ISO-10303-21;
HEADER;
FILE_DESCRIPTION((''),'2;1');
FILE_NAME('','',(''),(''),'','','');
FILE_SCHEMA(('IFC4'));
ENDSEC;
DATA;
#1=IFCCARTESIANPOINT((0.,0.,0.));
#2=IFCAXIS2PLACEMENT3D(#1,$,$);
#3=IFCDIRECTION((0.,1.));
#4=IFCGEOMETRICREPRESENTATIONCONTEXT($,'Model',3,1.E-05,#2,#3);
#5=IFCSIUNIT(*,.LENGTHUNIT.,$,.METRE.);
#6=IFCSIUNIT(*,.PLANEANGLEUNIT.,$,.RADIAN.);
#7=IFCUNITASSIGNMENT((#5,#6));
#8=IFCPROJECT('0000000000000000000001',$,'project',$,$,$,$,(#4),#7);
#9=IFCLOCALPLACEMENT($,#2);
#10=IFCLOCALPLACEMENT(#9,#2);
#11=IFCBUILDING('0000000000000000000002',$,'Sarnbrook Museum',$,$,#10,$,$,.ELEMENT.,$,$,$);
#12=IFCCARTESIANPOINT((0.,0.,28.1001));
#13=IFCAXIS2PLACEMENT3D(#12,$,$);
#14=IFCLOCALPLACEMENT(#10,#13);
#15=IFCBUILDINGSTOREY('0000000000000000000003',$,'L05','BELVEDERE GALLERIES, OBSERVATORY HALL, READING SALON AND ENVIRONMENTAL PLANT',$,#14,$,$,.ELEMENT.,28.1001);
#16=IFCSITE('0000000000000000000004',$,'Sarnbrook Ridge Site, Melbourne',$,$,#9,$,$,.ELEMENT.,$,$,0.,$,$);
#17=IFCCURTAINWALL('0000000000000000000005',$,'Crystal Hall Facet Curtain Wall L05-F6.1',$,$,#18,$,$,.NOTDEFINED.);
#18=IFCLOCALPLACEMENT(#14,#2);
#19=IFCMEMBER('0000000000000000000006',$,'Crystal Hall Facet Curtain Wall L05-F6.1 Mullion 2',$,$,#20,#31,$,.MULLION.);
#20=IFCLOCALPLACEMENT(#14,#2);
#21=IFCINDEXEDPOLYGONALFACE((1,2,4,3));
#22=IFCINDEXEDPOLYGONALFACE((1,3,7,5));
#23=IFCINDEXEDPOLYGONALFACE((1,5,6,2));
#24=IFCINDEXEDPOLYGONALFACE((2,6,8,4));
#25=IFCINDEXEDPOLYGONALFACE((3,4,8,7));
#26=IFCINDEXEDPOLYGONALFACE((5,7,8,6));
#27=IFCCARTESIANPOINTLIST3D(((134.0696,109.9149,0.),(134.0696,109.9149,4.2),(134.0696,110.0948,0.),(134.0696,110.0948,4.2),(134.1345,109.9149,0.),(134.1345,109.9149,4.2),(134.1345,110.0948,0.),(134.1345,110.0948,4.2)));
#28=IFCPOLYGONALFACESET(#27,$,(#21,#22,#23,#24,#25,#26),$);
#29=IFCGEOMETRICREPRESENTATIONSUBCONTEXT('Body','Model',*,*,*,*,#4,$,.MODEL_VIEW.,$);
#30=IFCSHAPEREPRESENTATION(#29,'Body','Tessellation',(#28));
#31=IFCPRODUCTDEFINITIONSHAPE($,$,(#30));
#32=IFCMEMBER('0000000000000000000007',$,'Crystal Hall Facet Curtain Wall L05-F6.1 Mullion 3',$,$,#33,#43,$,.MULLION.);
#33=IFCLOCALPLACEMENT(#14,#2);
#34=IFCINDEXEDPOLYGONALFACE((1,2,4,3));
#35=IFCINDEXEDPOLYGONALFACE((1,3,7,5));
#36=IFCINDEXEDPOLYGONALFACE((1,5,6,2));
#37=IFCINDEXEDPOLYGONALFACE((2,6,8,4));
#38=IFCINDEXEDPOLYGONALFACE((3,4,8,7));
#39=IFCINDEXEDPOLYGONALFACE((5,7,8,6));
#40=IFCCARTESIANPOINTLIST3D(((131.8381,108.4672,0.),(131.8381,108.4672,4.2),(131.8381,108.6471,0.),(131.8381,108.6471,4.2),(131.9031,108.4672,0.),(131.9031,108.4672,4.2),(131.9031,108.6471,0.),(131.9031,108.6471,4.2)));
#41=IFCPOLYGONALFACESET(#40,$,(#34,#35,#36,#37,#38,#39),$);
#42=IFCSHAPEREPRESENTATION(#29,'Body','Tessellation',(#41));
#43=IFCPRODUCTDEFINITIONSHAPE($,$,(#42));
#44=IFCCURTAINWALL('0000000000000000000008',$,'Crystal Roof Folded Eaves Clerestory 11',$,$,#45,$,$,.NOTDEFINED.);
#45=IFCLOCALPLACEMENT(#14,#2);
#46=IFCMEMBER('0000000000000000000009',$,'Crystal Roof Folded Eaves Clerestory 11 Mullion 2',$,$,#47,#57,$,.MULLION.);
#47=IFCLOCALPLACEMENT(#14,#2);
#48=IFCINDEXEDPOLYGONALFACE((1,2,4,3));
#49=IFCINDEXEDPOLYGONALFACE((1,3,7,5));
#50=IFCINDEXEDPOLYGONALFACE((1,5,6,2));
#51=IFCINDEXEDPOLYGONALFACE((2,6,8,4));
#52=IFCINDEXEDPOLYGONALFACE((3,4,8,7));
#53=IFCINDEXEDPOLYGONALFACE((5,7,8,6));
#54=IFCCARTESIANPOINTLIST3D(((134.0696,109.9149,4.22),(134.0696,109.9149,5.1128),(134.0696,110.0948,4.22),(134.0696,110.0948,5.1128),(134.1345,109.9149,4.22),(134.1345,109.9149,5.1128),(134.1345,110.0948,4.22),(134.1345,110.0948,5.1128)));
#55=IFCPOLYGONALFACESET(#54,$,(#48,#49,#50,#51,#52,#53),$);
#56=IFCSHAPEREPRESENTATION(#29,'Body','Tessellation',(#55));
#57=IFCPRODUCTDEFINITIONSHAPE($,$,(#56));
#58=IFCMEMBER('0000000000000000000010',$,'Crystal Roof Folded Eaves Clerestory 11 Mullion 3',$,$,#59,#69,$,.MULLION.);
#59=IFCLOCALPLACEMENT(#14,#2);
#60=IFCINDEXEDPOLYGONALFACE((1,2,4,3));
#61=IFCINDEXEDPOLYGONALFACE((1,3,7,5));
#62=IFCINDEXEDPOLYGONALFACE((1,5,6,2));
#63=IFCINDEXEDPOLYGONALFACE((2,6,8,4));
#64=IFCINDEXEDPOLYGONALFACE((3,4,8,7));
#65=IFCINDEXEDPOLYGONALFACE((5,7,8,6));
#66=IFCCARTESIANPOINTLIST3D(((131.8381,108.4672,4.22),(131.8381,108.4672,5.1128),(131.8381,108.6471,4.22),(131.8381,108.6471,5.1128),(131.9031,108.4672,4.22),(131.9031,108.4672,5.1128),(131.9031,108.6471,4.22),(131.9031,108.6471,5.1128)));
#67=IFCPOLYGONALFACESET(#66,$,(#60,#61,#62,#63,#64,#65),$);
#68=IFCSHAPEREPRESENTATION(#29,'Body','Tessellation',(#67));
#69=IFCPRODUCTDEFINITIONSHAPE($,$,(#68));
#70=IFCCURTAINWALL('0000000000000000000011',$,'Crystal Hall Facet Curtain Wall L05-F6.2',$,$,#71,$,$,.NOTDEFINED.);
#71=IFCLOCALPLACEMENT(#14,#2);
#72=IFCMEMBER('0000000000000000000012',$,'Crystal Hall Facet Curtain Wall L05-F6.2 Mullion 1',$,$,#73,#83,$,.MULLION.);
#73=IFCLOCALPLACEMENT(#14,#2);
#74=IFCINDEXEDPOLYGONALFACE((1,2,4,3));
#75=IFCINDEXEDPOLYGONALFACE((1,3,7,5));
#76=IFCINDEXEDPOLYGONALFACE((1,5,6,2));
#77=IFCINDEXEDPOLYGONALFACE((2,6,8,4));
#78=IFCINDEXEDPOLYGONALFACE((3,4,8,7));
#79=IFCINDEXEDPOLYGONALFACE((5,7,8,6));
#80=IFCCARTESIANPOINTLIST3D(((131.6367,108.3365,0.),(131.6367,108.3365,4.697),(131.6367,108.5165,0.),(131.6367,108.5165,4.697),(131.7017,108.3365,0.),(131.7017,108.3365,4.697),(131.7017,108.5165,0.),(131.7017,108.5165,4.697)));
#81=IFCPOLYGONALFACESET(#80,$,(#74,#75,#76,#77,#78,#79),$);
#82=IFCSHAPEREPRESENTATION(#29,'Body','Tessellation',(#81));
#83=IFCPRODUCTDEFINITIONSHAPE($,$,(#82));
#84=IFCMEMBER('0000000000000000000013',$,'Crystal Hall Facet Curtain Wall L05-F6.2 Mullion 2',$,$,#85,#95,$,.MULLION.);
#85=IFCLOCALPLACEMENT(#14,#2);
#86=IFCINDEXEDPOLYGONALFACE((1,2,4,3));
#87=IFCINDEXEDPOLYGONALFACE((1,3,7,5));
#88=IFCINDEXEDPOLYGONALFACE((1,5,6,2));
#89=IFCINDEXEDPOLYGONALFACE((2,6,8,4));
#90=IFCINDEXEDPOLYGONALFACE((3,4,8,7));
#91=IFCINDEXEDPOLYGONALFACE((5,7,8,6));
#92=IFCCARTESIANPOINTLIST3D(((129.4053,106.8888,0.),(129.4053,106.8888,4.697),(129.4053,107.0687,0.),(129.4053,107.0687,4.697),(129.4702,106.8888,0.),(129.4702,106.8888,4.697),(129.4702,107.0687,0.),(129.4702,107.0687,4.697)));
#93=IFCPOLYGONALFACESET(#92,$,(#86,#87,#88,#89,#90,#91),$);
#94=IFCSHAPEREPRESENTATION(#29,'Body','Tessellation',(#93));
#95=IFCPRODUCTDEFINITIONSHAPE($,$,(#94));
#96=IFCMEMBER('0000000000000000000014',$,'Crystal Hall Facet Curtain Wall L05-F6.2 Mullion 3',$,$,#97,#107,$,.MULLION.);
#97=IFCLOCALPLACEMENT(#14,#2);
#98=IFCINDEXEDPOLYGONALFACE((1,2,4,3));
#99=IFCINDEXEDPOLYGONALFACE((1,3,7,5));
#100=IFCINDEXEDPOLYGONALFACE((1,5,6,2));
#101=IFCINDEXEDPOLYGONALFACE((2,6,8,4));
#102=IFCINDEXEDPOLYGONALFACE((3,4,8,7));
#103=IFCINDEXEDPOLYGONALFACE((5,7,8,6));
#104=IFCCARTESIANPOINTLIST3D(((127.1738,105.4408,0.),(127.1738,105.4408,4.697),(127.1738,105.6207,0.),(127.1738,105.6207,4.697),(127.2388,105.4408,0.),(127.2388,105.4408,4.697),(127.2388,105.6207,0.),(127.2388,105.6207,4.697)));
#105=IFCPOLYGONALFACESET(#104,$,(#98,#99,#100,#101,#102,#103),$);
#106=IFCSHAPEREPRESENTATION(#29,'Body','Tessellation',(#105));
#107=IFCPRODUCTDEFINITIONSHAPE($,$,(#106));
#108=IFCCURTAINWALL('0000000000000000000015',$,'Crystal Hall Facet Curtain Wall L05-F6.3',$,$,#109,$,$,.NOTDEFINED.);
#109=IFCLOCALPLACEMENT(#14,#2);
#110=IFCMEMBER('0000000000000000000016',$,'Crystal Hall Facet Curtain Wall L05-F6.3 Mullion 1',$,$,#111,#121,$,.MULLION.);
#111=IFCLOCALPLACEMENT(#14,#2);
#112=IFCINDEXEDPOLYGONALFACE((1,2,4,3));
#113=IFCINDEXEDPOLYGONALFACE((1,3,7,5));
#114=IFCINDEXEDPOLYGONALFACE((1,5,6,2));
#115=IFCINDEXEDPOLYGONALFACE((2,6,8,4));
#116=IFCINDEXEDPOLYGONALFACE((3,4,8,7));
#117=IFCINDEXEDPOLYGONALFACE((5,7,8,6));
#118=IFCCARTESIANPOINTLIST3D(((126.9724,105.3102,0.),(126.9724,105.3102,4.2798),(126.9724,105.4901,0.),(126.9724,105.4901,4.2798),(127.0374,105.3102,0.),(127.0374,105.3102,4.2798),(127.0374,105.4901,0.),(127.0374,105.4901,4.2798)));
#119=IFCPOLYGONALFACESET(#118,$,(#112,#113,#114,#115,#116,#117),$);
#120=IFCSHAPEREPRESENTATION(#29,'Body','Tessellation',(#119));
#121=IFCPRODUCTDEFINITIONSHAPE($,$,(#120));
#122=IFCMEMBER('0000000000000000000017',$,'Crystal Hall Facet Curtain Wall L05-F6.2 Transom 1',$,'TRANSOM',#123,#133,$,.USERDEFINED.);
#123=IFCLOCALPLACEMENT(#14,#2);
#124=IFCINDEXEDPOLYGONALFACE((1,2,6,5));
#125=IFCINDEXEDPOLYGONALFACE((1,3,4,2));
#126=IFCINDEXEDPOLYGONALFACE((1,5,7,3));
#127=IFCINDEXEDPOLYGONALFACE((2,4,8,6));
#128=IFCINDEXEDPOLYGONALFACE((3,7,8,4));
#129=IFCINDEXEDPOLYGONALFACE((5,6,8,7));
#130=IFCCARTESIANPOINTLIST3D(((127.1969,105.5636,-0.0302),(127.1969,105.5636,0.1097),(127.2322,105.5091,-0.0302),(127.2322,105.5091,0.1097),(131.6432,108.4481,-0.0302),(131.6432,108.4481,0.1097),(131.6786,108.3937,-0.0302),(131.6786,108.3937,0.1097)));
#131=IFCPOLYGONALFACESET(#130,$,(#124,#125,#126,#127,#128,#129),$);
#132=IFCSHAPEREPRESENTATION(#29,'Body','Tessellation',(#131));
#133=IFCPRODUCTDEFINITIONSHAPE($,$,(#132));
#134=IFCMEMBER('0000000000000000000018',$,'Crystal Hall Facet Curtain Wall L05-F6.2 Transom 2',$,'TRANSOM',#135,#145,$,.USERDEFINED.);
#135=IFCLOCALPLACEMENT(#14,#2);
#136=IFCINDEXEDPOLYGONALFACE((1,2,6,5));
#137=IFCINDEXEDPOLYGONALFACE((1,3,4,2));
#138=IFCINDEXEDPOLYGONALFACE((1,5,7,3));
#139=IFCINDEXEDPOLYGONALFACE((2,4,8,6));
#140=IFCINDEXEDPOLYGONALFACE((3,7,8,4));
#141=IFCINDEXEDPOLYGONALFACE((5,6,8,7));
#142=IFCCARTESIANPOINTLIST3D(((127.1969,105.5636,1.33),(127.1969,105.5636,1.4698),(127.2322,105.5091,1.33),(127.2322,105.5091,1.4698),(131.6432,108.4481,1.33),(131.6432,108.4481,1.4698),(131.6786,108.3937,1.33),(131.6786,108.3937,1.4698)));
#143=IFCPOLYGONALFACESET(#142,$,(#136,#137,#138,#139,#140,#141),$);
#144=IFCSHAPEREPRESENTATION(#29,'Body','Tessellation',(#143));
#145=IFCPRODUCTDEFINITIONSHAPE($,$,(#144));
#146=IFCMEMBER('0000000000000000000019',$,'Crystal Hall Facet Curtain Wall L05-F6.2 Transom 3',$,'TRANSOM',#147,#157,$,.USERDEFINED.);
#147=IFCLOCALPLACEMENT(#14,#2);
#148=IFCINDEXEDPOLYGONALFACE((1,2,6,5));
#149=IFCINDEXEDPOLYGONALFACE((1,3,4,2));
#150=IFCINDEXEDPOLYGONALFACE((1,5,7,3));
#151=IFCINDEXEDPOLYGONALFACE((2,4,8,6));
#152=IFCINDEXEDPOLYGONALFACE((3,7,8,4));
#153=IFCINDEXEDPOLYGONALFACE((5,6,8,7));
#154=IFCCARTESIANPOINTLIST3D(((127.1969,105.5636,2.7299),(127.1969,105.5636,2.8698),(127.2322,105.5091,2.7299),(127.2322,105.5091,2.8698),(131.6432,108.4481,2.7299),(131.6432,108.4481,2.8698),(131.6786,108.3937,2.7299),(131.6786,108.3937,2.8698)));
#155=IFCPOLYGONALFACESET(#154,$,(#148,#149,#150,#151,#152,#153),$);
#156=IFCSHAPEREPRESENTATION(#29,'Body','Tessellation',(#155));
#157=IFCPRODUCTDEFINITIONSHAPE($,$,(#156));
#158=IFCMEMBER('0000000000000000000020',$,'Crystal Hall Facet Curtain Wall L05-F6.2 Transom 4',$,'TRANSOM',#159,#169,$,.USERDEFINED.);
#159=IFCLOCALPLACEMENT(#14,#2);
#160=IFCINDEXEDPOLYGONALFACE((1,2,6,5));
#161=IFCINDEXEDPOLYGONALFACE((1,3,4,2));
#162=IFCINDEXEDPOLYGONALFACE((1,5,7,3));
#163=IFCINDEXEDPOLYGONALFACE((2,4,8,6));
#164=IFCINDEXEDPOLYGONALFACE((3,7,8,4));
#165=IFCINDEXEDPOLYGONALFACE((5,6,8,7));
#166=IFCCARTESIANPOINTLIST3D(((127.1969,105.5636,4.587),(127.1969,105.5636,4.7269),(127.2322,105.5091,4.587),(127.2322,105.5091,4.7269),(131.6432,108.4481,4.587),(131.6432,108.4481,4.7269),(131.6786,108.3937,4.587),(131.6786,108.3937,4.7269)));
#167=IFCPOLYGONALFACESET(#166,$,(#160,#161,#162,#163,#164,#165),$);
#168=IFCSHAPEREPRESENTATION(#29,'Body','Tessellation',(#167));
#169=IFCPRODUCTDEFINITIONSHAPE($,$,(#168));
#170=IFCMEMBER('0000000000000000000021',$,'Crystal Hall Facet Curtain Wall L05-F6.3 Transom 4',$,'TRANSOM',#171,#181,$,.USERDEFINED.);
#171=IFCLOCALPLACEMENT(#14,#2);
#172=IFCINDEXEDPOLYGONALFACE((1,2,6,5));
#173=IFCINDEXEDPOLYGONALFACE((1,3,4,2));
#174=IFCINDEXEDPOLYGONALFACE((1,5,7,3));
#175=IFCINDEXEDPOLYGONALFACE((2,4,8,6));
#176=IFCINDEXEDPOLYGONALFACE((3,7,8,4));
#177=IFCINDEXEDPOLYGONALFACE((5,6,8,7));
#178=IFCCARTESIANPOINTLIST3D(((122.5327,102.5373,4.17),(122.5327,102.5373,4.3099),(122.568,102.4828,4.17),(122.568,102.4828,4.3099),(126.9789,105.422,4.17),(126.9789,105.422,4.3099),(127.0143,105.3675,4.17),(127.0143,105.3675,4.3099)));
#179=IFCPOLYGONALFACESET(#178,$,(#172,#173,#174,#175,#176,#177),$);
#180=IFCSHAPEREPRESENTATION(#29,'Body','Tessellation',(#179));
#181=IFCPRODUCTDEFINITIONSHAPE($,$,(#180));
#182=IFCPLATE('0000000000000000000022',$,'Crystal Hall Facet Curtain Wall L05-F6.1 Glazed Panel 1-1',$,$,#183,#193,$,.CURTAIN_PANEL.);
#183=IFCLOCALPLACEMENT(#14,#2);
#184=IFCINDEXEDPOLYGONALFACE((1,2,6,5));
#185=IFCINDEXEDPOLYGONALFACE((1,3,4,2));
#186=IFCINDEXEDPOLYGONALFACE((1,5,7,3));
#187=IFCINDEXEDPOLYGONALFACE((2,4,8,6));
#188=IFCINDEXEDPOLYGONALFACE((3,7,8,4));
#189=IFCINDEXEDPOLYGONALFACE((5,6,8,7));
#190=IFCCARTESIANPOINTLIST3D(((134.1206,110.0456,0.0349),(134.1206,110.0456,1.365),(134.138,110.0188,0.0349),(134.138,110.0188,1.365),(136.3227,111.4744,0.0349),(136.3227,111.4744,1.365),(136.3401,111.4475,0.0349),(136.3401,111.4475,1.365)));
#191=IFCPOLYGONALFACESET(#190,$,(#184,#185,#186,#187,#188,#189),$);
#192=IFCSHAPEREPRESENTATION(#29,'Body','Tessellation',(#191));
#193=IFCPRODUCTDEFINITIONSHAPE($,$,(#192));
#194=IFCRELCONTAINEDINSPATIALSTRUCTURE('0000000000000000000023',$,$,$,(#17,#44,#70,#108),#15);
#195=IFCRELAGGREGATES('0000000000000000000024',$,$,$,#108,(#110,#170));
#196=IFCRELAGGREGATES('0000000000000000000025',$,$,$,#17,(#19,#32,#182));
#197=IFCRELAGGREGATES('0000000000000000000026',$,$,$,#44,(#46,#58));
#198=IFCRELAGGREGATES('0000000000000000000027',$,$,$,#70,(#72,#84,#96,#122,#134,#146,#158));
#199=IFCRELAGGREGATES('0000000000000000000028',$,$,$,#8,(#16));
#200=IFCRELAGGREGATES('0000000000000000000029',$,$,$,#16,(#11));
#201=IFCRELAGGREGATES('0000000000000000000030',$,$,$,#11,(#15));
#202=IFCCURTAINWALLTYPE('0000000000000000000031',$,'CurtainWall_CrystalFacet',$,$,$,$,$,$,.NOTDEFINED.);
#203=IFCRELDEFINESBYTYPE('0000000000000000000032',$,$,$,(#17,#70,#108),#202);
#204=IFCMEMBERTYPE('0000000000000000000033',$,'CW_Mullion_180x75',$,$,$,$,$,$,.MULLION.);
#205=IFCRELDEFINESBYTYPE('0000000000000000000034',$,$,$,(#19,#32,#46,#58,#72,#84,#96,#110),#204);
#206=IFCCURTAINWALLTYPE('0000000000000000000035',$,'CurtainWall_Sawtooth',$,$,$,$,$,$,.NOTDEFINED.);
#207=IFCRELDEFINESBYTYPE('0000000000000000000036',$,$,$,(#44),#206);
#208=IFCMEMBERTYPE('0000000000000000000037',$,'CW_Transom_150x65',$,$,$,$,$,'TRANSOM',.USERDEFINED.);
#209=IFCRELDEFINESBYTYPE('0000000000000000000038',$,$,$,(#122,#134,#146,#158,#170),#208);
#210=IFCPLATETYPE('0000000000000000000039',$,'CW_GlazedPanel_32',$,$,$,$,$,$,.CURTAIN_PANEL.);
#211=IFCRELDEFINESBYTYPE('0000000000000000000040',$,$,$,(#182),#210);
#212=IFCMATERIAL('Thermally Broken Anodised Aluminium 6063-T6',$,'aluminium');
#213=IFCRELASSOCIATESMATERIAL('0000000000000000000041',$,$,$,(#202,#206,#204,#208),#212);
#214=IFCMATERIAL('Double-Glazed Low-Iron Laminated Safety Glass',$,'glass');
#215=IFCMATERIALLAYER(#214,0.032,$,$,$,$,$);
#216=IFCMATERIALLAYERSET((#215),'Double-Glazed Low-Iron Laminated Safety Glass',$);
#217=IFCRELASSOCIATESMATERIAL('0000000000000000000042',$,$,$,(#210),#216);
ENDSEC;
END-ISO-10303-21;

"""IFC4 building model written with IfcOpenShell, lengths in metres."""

from ifc_helpers import new_model, si_unit, direction, frame, origin, origin_2d, place, context, subcontext, project, spatial, rectangle, extrude, material, layer, layer_set, material_profile, profile_set, type_object, element, aggregate, save


model = new_model("IFC4")

# Units and contexts
model_context = context("Model", 3, precision=1e-05, world=origin(), true_north=direction((0.0, 1.0)))
body_context = subcontext(model_context, "Body", "Model", "MODEL_VIEW")
ifc_project = project(units=[si_unit("LENGTHUNIT", "METRE"), si_unit("PLANEANGLEUNIT", "RADIAN")], contexts=[model_context])

# Site, building, storey
site_placement = place(None, origin())
site = spatial("IfcSite", under=ifc_project, at=site_placement, Name="Sarnbrook Ridge Site, Melbourne", CompositionType="ELEMENT", RefElevation=0.0)
building_placement = place(site_placement, origin())
building = spatial("IfcBuilding", under=site, at=building_placement, Name="Sarnbrook Museum", CompositionType="ELEMENT")
storey_placement = place(building_placement, frame((0.0, 0.0, 28.1001)))
storey = spatial("IfcBuildingStorey", under=building, at=storey_placement, Name="L05", Description="BELVEDERE GALLERIES, OBSERVATORY HALL, READING SALON AND ENVIRONMENTAL PLANT", CompositionType="ELEMENT", Elevation=28.1001)

# Curtain walls, members
ifc_material_1 = material(Name="Thermally Broken Anodised Aluminium 6063-T6", Category="aluminium")
curtain_wall_type_1 = type_object("IfcCurtainWallType", Name="CurtainWall_CrystalFacet", PredefinedType="NOTDEFINED", material=ifc_material_1)
curtain_wall_1_placement = place(storey_placement, origin())
curtain_wall_1 = element("IfcCurtainWall", 1, at=curtain_wall_1_placement, inside=storey, type_object=curtain_wall_type_1, Name="Crystal Hall Facet Curtain Wall L05-F6.1", PredefinedType="NOTDEFINED")
ifc_material_profile_1 = material_profile(ifc_material_1, rectangle(XDim=0.0649, YDim=0.1799, at=origin_2d()), Name="ALU MULLION 65x180")
ifc_profile_set_1 = profile_set([ifc_material_profile_1], Name="Thermally Broken Anodised Aluminium 6063-T6")
member_type_1 = type_object("IfcMemberType", Name="CW_Mullion_180x75", PredefinedType="MULLION", material=ifc_profile_set_1)
member_1_placement = place(storey_placement, frame((134.1021, 110.0049, 0.0), z_axis=(0.0, 0.0, 1.0), x_axis=(1.0, 0.0, 0.0)))
member_1 = element("IfcMember", 2, at=member_1_placement, type_object=member_type_1, Name="Crystal Hall Facet Curtain Wall L05-F6.1 Mullion 2", PredefinedType="MULLION", context=body_context, shape_type="SweptSolid", body=[
    extrude(rectangle(XDim=0.0649, YDim=0.1799, at=origin_2d()), origin(), (0.0, 0.0, 1.0), 4.2),
])
member_2_placement = place(storey_placement, frame((131.8706, 108.5571, 0.0), z_axis=(0.0, 0.0, 1.0), x_axis=(1.0, 0.0, 0.0)))
member_2 = element("IfcMember", 3, at=member_2_placement, type_object=member_type_1, Name="Crystal Hall Facet Curtain Wall L05-F6.1 Mullion 3", PredefinedType="MULLION", context=body_context, shape_type="SweptSolid", body=[
    extrude(rectangle(XDim=0.0649, YDim=0.1799, at=origin_2d()), origin(), (0.0, 0.0, 1.0), 4.2),
])
curtain_wall_type_2 = type_object("IfcCurtainWallType", Name="CurtainWall_Sawtooth", PredefinedType="NOTDEFINED", material=ifc_material_1)
curtain_wall_2_placement = place(storey_placement, origin())
curtain_wall_2 = element("IfcCurtainWall", 4, at=curtain_wall_2_placement, inside=storey, type_object=curtain_wall_type_2, Name="Crystal Roof Folded Eaves Clerestory 11", PredefinedType="NOTDEFINED")
member_3_placement = place(storey_placement, frame((134.1021, 110.0049, 4.22), z_axis=(0.0, 0.0, 1.0), x_axis=(1.0, 0.0, 0.0)))
member_3 = element("IfcMember", 5, at=member_3_placement, type_object=member_type_1, Name="Crystal Roof Folded Eaves Clerestory 11 Mullion 2", PredefinedType="MULLION", context=body_context, shape_type="SweptSolid", body=[
    extrude(rectangle(XDim=0.0649, YDim=0.1799, at=origin_2d()), origin(), (0.0, 0.0, 1.0), 0.8928),
])
member_4_placement = place(storey_placement, frame((131.8706, 108.5571, 4.22), z_axis=(0.0, 0.0, 1.0), x_axis=(1.0, 0.0, 0.0)))
member_4 = element("IfcMember", 6, at=member_4_placement, type_object=member_type_1, Name="Crystal Roof Folded Eaves Clerestory 11 Mullion 3", PredefinedType="MULLION", context=body_context, shape_type="SweptSolid", body=[
    extrude(rectangle(XDim=0.0649, YDim=0.1799, at=origin_2d()), origin(), (0.0, 0.0, 1.0), 0.8928),
])
curtain_wall_3_placement = place(storey_placement, origin())
curtain_wall_3 = element("IfcCurtainWall", 7, at=curtain_wall_3_placement, inside=storey, type_object=curtain_wall_type_1, Name="Crystal Hall Facet Curtain Wall L05-F6.2", PredefinedType="NOTDEFINED")
member_5_placement = place(storey_placement, frame((131.6692, 108.4265, 0.0), z_axis=(0.0, 0.0, 1.0), x_axis=(1.0, 0.0, 0.0)))
member_5 = element("IfcMember", 8, at=member_5_placement, type_object=member_type_1, Name="Crystal Hall Facet Curtain Wall L05-F6.2 Mullion 1", PredefinedType="MULLION", context=body_context, shape_type="SweptSolid", body=[
    extrude(rectangle(XDim=0.0649, YDim=0.1799, at=origin_2d()), origin(), (0.0, 0.0, 1.0), 4.697),
])
member_6_placement = place(storey_placement, frame((129.4377, 106.9788, 0.0), z_axis=(0.0, 0.0, 1.0), x_axis=(1.0, 0.0, 0.0)))
member_6 = element("IfcMember", 9, at=member_6_placement, type_object=member_type_1, Name="Crystal Hall Facet Curtain Wall L05-F6.2 Mullion 2", PredefinedType="MULLION", context=body_context, shape_type="SweptSolid", body=[
    extrude(rectangle(XDim=0.0649, YDim=0.1799, at=origin_2d()), origin(), (0.0, 0.0, 1.0), 4.697),
])
member_7_placement = place(storey_placement, frame((127.2063, 105.5308, 0.0), z_axis=(0.0, 0.0, 1.0), x_axis=(1.0, 0.0, 0.0)))
member_7 = element("IfcMember", 10, at=member_7_placement, type_object=member_type_1, Name="Crystal Hall Facet Curtain Wall L05-F6.2 Mullion 3", PredefinedType="MULLION", context=body_context, shape_type="SweptSolid", body=[
    extrude(rectangle(XDim=0.0649, YDim=0.1799, at=origin_2d()), origin(), (0.0, 0.0, 1.0), 4.697),
])

# Curtain wall, member
curtain_wall_4_placement = place(storey_placement, origin())
curtain_wall_4 = element("IfcCurtainWall", 11, at=curtain_wall_4_placement, inside=storey, type_object=curtain_wall_type_1, Name="Crystal Hall Facet Curtain Wall L05-F6.3", PredefinedType="NOTDEFINED")
member_8_placement = place(storey_placement, frame((127.0049, 105.4001, 0.0), z_axis=(0.0, 0.0, 1.0), x_axis=(1.0, 0.0, 0.0)))
member_8 = element("IfcMember", 12, at=member_8_placement, type_object=member_type_1, Name="Crystal Hall Facet Curtain Wall L05-F6.3 Mullion 1", PredefinedType="MULLION", context=body_context, shape_type="SweptSolid", body=[
    extrude(rectangle(XDim=0.0649, YDim=0.1799, at=origin_2d()), origin(), (0.0, 0.0, 1.0), 4.2798),
])

# Members
ifc_material_profile_2 = material_profile(ifc_material_1, rectangle(XDim=0.0649, YDim=0.1399, at=origin_2d()), Name="ALU TRANSOM 65x140")
ifc_profile_set_2 = profile_set([ifc_material_profile_2], Name="Thermally Broken Anodised Aluminium 6063-T6")
member_type_2 = type_object("IfcMemberType", Name="CW_Transom_150x65", ElementType="TRANSOM", PredefinedType="USERDEFINED", material=ifc_profile_set_2)
member_9_placement = place(storey_placement, frame((131.6609, 108.4209, 0.0398), z_axis=(-0.838923, -0.54425, 0.0), x_axis=(0.54425, -0.838923, 0.0)))
member_9 = element("IfcMember", 13, at=member_9_placement, type_object=member_type_2, Name="Crystal Hall Facet Curtain Wall L05-F6.2 Transom 1", ObjectType="TRANSOM", PredefinedType="USERDEFINED", context=body_context, shape_type="SweptSolid", body=[
    extrude(rectangle(XDim=0.0649, YDim=0.1399, at=origin_2d()), origin(), (0.0, 0.0, 1.0), 5.3),
])
member_10_placement = place(storey_placement, frame((131.6609, 108.4209, 1.3999), z_axis=(-0.838923, -0.54425, 0.0), x_axis=(0.54425, -0.838923, 0.0)))
member_10 = element("IfcMember", 14, at=member_10_placement, type_object=member_type_2, Name="Crystal Hall Facet Curtain Wall L05-F6.2 Transom 2", ObjectType="TRANSOM", PredefinedType="USERDEFINED", context=body_context, shape_type="SweptSolid", body=[
    extrude(rectangle(XDim=0.0649, YDim=0.1399, at=origin_2d()), origin(), (0.0, 0.0, 1.0), 5.3),
])
member_11_placement = place(storey_placement, frame((131.6609, 108.4209, 2.7998), z_axis=(-0.838923, -0.54425, 0.0), x_axis=(0.54425, -0.838923, 0.0)))
member_11 = element("IfcMember", 15, at=member_11_placement, type_object=member_type_2, Name="Crystal Hall Facet Curtain Wall L05-F6.2 Transom 3", ObjectType="TRANSOM", PredefinedType="USERDEFINED", context=body_context, shape_type="SweptSolid", body=[
    extrude(rectangle(XDim=0.0649, YDim=0.1399, at=origin_2d()), origin(), (0.0, 0.0, 1.0), 5.3),
])
member_12_placement = place(storey_placement, frame((131.6609, 108.4209, 4.657), z_axis=(-0.838923, -0.54425, 0.0), x_axis=(0.54425, -0.838923, 0.0)))
member_12 = element("IfcMember", 16, at=member_12_placement, type_object=member_type_2, Name="Crystal Hall Facet Curtain Wall L05-F6.2 Transom 4", ObjectType="TRANSOM", PredefinedType="USERDEFINED", context=body_context, shape_type="SweptSolid", body=[
    extrude(rectangle(XDim=0.0649, YDim=0.1399, at=origin_2d()), origin(), (0.0, 0.0, 1.0), 5.3),
])
member_13_placement = place(storey_placement, frame((126.9966, 105.3948, 4.24), z_axis=(-0.838902, -0.544282, 0.0), x_axis=(0.544282, -0.838902, 0.0)))
member_13 = element("IfcMember", 17, at=member_13_placement, type_object=member_type_2, Name="Crystal Hall Facet Curtain Wall L05-F6.3 Transom 4", ObjectType="TRANSOM", PredefinedType="USERDEFINED", context=body_context, shape_type="SweptSolid", body=[
    extrude(rectangle(XDim=0.0649, YDim=0.1399, at=origin_2d()), origin(), (0.0, 0.0, 1.0), 5.3),
])
aggregate(curtain_wall_4, [member_8, member_13])

# Plate
ifc_material_2 = material(Name="Double-Glazed Low-Iron Laminated Safety Glass", Category="glass")
ifc_layer = layer(ifc_material_2, 0.032)
ifc_layer_set = layer_set([ifc_layer], Name="Double-Glazed Low-Iron Laminated Safety Glass")
plate_type = type_object("IfcPlateType", Name="CW_GlazedPanel_32", PredefinedType="CURTAIN_PANEL", material=ifc_layer_set)
plate_1_placement = place(storey_placement, frame((135.239, 110.7332, 0.7), z_axis=(-0.544291, 0.838897, 0.0), x_axis=(-0.838897, -0.544291, 0.0)))
plate_1 = element("IfcPlate", 18, at=plate_1_placement, type_object=plate_type, Name="Crystal Hall Facet Curtain Wall L05-F6.1 Glazed Panel 1-1", PredefinedType="CURTAIN_PANEL", context=body_context, shape_type="SweptSolid", body=[
    extrude(rectangle(XDim=2.625, YDim=1.3301, at=origin_2d()), origin(), (0.0, 0.0, 1.0), 0.032),
])
aggregate(curtain_wall_1, [member_1, member_2, plate_1])
aggregate(curtain_wall_2, [member_3, member_4])
aggregate(curtain_wall_3, [member_5, member_6, member_7, member_9, member_10, member_11, member_12])

save(model, "model.ifc")
